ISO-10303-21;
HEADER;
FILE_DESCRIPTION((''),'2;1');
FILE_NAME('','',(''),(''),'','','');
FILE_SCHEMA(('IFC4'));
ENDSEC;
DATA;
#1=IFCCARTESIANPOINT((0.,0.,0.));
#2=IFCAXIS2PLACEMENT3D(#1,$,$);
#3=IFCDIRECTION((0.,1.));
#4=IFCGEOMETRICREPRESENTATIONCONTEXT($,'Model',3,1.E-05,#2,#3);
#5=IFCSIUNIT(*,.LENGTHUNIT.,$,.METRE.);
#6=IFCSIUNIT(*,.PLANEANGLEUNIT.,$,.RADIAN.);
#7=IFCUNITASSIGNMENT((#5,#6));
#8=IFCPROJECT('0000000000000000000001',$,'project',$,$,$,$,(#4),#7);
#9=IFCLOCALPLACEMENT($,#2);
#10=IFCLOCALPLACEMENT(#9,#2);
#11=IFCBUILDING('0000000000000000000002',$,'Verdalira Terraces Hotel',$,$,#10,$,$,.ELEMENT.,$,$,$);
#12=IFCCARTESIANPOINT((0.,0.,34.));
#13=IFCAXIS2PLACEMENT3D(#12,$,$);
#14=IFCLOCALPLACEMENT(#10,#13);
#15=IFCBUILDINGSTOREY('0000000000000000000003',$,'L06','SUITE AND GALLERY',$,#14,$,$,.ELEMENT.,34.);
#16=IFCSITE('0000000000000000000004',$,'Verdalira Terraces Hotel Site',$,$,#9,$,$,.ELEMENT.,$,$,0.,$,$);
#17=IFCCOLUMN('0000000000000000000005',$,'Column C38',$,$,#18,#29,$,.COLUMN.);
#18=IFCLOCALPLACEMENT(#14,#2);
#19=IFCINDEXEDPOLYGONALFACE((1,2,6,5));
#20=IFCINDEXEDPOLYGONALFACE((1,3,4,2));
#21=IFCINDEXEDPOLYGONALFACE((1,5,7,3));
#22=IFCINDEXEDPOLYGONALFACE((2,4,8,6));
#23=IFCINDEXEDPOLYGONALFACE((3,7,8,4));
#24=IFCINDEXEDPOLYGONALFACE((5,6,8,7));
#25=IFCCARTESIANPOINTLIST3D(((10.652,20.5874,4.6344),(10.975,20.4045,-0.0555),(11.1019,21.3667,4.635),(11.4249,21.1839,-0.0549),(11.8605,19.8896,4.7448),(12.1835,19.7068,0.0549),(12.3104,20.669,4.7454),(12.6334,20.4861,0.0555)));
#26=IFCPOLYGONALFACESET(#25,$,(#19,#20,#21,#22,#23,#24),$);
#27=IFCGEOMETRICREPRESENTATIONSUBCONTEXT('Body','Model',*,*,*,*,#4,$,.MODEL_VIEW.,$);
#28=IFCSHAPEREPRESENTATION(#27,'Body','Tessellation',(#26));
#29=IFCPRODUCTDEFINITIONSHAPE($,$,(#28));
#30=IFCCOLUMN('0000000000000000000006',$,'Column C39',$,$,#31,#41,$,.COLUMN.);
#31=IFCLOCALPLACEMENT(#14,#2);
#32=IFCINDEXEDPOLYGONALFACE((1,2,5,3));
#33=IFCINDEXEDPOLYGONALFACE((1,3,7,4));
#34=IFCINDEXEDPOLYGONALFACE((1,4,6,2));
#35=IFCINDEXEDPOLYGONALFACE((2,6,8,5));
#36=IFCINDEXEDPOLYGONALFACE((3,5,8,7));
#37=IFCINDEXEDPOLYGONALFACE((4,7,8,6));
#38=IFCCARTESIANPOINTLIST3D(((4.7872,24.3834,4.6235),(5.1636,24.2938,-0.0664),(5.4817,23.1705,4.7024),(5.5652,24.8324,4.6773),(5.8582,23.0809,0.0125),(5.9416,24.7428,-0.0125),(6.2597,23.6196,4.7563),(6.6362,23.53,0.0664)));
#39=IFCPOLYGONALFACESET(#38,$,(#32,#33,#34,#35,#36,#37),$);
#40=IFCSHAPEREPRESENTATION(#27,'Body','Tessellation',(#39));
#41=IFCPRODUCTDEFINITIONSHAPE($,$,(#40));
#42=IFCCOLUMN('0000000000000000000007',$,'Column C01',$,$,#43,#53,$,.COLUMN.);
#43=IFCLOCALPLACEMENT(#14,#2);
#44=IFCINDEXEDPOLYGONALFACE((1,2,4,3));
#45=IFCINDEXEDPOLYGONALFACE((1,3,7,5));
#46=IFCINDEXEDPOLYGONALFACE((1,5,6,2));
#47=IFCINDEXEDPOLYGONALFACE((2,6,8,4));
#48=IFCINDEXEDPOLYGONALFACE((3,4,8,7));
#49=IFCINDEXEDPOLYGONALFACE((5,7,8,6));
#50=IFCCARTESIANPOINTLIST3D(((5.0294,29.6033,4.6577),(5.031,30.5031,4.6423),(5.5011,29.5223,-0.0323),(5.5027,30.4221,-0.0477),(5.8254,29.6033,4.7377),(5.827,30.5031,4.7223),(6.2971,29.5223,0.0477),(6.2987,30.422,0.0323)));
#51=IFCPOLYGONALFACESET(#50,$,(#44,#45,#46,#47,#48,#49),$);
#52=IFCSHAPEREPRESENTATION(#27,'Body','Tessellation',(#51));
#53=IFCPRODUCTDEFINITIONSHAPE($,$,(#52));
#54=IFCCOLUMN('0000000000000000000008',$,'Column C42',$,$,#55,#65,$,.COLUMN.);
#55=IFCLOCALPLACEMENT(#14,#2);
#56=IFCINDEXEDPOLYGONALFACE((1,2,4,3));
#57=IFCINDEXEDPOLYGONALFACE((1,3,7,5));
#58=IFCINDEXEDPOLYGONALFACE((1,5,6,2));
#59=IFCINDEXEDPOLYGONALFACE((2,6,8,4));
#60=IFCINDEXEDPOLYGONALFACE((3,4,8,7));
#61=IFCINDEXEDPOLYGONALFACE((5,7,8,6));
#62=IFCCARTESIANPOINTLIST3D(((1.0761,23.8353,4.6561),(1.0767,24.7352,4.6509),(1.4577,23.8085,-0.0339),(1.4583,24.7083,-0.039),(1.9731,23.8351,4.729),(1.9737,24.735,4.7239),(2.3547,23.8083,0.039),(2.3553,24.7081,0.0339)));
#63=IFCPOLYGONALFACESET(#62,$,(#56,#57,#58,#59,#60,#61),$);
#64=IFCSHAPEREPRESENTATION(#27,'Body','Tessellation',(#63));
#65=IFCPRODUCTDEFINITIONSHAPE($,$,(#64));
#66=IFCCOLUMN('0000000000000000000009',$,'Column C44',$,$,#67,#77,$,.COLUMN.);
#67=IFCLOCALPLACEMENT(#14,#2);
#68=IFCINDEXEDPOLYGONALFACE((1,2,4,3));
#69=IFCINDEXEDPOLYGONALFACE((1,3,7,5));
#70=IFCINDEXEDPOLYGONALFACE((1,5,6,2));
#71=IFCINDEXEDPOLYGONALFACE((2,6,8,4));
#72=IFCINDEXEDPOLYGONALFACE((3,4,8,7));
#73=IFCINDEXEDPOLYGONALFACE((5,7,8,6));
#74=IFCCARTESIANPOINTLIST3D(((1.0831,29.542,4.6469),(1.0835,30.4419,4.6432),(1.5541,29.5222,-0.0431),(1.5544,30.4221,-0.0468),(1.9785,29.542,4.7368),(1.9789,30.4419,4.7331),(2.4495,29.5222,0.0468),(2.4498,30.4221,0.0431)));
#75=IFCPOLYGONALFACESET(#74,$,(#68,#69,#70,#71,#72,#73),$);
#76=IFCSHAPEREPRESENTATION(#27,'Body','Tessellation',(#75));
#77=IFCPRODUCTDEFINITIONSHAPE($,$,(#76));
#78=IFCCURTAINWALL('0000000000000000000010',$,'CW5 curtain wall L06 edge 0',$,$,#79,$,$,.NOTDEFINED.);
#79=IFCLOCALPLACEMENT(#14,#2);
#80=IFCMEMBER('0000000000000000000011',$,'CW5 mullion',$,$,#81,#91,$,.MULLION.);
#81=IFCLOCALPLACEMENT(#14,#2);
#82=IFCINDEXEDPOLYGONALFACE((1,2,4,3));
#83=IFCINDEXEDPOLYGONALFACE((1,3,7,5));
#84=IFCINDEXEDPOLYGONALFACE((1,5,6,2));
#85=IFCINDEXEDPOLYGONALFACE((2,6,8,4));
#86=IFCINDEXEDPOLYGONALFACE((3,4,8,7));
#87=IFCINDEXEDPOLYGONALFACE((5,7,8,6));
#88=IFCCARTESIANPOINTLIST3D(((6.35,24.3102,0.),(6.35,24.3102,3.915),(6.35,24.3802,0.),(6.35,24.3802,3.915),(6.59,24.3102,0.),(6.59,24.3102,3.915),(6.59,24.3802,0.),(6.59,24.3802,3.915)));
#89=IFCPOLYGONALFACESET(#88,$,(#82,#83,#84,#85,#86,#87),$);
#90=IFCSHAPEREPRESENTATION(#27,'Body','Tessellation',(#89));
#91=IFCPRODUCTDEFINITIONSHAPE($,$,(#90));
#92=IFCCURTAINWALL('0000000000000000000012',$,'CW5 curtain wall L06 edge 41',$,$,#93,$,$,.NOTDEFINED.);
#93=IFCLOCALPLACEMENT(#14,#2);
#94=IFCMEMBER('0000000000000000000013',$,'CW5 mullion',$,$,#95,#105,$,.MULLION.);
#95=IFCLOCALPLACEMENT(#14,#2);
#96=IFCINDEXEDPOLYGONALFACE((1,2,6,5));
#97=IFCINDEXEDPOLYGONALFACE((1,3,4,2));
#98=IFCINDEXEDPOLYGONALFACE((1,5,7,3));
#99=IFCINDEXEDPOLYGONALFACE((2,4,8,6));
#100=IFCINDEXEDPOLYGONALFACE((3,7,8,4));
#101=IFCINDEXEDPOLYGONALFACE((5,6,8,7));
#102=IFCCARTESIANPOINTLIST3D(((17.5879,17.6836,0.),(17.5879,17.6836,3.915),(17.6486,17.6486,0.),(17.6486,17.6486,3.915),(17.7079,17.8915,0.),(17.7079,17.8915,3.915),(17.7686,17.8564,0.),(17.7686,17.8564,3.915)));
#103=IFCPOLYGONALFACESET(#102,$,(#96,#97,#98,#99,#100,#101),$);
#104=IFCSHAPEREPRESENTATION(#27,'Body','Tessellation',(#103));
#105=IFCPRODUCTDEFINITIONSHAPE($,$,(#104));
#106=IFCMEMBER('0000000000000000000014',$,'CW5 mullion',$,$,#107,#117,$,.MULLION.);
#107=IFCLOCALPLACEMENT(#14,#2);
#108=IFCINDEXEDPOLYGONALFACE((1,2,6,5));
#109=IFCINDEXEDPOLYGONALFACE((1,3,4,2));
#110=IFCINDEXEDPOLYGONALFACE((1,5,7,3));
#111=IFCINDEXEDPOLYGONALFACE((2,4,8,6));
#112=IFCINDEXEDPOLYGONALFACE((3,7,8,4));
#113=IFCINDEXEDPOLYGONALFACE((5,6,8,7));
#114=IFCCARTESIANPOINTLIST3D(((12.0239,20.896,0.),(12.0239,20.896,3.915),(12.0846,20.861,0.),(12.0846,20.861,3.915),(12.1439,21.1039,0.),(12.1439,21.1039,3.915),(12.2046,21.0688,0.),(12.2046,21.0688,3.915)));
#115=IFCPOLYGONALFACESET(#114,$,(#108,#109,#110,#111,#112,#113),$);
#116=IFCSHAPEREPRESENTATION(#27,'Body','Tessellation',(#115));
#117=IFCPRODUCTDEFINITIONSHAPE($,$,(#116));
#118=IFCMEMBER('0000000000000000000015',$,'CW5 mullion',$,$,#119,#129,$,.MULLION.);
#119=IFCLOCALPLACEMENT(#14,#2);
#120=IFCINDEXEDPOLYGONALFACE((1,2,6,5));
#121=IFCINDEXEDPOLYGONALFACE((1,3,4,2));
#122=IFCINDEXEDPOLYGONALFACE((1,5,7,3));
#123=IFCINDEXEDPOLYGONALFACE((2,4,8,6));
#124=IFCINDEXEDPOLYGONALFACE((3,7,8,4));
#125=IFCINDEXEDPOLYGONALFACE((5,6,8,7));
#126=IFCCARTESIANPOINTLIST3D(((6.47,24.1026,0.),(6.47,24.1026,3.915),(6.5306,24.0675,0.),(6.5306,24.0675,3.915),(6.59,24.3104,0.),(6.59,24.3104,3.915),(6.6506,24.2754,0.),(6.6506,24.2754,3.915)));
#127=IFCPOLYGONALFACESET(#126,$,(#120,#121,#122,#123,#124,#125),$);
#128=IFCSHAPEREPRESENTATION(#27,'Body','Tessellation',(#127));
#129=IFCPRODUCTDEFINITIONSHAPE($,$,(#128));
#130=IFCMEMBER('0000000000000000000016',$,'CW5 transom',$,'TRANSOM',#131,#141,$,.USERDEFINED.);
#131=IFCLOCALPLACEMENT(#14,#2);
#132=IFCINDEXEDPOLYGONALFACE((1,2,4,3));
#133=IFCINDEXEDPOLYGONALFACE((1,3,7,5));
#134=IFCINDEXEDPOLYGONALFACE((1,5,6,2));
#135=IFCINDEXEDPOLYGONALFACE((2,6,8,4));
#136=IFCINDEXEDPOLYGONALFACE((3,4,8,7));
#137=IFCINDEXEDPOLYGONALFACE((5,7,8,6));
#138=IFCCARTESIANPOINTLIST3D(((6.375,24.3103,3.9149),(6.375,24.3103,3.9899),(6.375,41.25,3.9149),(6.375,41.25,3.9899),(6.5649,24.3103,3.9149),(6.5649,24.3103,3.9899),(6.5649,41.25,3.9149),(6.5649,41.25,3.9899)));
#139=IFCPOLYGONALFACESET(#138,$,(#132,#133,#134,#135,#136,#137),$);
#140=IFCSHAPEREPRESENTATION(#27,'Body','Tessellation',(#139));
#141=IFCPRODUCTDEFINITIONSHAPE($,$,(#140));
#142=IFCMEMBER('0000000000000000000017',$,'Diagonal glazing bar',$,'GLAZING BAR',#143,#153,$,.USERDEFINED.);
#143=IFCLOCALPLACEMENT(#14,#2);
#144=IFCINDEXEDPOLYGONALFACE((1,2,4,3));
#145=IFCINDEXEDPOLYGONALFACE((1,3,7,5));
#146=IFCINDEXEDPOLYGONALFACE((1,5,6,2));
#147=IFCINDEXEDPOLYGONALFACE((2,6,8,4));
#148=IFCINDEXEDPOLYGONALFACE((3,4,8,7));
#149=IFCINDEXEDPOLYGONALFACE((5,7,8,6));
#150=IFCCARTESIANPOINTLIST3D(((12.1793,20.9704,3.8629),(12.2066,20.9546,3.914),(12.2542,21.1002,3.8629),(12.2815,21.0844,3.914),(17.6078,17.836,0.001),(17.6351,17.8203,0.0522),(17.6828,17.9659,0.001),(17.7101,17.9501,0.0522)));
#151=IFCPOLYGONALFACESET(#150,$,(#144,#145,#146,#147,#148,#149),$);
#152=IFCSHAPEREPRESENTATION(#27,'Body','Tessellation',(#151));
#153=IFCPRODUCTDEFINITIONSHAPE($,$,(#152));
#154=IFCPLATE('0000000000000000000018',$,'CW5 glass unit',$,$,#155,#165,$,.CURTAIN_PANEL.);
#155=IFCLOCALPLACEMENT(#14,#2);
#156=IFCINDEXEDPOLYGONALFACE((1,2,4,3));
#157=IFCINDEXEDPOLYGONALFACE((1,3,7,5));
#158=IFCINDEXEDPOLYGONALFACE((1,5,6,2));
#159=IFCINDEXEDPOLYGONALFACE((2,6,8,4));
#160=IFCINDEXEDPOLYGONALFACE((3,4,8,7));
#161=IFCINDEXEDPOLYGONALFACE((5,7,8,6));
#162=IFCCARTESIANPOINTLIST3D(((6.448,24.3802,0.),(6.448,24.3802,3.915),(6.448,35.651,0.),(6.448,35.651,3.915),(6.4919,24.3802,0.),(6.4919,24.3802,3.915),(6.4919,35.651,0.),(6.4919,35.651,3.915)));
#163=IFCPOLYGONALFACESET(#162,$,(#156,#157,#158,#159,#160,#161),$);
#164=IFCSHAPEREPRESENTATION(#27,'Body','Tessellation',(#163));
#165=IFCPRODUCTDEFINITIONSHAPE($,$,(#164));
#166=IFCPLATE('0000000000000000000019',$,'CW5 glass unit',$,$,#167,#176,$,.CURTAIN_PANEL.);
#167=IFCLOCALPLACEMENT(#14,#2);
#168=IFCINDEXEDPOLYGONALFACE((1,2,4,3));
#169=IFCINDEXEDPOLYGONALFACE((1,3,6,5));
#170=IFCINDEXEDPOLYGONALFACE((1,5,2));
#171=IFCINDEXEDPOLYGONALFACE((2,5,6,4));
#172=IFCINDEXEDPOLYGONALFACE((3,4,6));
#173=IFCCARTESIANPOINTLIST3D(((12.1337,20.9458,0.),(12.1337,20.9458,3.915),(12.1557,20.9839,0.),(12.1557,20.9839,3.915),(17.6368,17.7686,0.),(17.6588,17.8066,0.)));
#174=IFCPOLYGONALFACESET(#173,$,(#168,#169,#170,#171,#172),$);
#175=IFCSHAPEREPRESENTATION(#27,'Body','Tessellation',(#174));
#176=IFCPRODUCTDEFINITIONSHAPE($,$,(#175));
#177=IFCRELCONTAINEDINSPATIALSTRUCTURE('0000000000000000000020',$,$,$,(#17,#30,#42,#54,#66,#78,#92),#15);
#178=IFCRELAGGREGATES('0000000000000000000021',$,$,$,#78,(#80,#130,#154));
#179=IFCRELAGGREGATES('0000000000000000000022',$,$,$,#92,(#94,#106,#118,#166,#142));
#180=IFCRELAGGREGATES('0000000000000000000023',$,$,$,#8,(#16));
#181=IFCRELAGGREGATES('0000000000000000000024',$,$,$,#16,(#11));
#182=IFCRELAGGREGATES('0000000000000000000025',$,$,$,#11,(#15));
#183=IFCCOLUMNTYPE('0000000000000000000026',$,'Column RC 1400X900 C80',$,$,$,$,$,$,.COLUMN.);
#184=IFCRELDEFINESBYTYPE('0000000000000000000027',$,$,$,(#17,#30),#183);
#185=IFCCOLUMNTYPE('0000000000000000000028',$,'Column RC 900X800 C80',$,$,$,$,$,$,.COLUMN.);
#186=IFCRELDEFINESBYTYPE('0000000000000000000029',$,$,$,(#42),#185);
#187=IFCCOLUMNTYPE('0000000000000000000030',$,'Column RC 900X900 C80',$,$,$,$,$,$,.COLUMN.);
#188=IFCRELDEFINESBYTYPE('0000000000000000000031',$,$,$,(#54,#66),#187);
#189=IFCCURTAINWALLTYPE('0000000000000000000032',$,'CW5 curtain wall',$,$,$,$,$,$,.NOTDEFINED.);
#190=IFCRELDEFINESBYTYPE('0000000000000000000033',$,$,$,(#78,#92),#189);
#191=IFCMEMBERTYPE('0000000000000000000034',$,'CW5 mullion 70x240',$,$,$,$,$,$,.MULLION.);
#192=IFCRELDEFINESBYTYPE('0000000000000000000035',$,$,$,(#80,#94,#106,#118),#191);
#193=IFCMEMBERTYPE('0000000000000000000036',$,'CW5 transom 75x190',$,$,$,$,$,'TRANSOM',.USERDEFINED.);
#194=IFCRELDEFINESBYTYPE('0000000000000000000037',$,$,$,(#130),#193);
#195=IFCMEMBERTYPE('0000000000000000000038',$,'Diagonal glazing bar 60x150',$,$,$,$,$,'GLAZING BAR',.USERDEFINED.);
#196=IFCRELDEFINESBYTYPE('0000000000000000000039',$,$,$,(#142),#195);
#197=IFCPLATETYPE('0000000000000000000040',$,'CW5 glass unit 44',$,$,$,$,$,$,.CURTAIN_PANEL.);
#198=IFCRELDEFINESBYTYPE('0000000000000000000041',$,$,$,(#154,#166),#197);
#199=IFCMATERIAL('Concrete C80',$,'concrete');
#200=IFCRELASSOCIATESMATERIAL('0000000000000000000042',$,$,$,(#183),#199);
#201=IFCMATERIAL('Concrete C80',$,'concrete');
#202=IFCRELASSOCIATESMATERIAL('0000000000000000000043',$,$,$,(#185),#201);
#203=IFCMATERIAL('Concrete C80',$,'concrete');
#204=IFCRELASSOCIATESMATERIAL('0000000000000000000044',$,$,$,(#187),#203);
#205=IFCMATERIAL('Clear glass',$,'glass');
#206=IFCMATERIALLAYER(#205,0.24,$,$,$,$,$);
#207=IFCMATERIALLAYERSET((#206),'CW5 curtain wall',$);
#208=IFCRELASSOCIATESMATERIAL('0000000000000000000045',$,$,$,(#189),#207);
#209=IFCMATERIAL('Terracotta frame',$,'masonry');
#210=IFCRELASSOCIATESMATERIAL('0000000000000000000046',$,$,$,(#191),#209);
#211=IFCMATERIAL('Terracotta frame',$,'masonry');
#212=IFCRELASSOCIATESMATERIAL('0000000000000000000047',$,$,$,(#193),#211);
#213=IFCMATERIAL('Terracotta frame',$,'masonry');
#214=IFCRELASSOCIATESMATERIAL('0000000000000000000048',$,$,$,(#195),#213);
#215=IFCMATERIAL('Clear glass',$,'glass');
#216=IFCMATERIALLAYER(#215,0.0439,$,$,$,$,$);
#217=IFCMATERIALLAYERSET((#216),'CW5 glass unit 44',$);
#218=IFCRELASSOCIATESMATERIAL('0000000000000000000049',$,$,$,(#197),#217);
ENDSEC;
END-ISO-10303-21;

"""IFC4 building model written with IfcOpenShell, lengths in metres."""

from ifc_helpers import new_model, si_unit, direction, frame, origin, origin_2d, place, context, subcontext, project, spatial, polyline, rectangle, outline, extrude, material, layer, layer_set, material_profile, profile_set, type_object, element, aggregate, save


model = new_model("IFC4")

# Units and contexts
model_context = context("Model", 3, precision=1e-05, world=origin(), true_north=direction((0.0, 1.0)))
body_context = subcontext(model_context, "Body", "Model", "MODEL_VIEW")
ifc_project = project(units=[si_unit("LENGTHUNIT", "METRE"), si_unit("PLANEANGLEUNIT", "RADIAN")], contexts=[model_context])

# Site, building, storey
site_placement = place(None, origin())
site = spatial("IfcSite", under=ifc_project, at=site_placement, Name="Verdalira Terraces Hotel Site", CompositionType="ELEMENT", RefElevation=0.0)
building_placement = place(site_placement, origin())
building = spatial("IfcBuilding", under=site, at=building_placement, Name="Verdalira Terraces Hotel", CompositionType="ELEMENT")
storey_placement = place(building_placement, frame((0.0, 0.0, 34.0)))
storey = spatial("IfcBuildingStorey", under=building, at=storey_placement, Name="L06", Description="SUITE AND GALLERY", CompositionType="ELEMENT", Elevation=34.0)

# Columns
ifc_material_1 = material(Name="Concrete C80", Category="concrete")
ifc_material_profile_1 = material_profile(ifc_material_1, rectangle(XDim=1.3999, YDim=0.8999, at=origin_2d()), Name="RC 1400X900")
ifc_profile_set_1 = profile_set([ifc_material_profile_1], Name="Concrete C80")
column_type_1 = type_object("IfcColumnType", Name="Column RC 1400X900 C80", PredefinedType="COLUMN", material=ifc_profile_set_1)
column_1_placement = place(storey_placement, frame((11.8042, 20.4453, 0.0), z_axis=(-0.068656, 0.038869, 0.996883), x_axis=(-0.863336, 0.498424, -0.078892)))
element("IfcColumn", 1, at=column_1_placement, inside=storey, type_object=column_type_1, Name="Column C38", PredefinedType="COLUMN", context=body_context, shape_type="SweptSolid", body=[
    extrude(rectangle(XDim=1.3999, YDim=0.8999, at=origin_2d()), origin(), (0.0, 0.0, 1.0), 4.7046),
])
column_2_placement = place(storey_placement, frame((5.8999, 23.9119, 0.0), z_axis=(-0.079999, 0.01904, 0.996613), x_axis=(0.496164, -0.866396, 0.05638)))
element("IfcColumn", 2, at=column_2_placement, inside=storey, type_object=column_type_1, Name="Column C39", PredefinedType="COLUMN", context=body_context, shape_type="SweptSolid", body=[
    extrude(rectangle(XDim=1.3999, YDim=0.8999, at=origin_2d()), origin(), (0.0, 0.0, 1.0), 4.7058),
])
ifc_material_2 = material(Name="Concrete C80", Category="concrete")
ifc_material_profile_2 = material_profile(ifc_material_2, rectangle(XDim=0.8999, YDim=0.8, at=origin_2d()), Name="RC 900X800")
ifc_profile_set_2 = profile_set([ifc_material_profile_2], Name="Concrete C80")
column_type_2 = type_object("IfcColumnType", Name="Column RC 900X800 C80", PredefinedType="COLUMN", material=ifc_profile_set_2)
column_3_placement = place(storey_placement, frame((5.8999, 29.9722, 0.0), z_axis=(-0.100053, 0.017193, 0.994834), x_axis=(0.001743, 0.999852, -0.017105)))
element("IfcColumn", 3, at=column_3_placement, inside=storey, type_object=column_type_2, Name="Column C01", PredefinedType="COLUMN", context=body_context, shape_type="SweptSolid", body=[
    extrude(rectangle(XDim=0.8999, YDim=0.8, at=origin_2d()), origin(), (0.0, 0.0, 1.0), 4.7144),
])
ifc_material_3 = material(Name="Concrete C80", Category="concrete")
ifc_material_profile_3 = material_profile(ifc_material_3, rectangle(XDim=0.8999, YDim=0.8999, at=origin_2d()), Name="RC 900X900")
ifc_profile_set_3 = profile_set([ifc_material_profile_3], Name="Concrete C80")
column_type_3 = type_object("IfcColumnType", Name="Column RC 900X900 C80", PredefinedType="COLUMN", material=ifc_profile_set_3)
column_4_placement = place(storey_placement, frame((1.9065, 24.2583, 0.0), z_axis=(-0.081095, 0.005707, 0.99669), x_axis=(0.000674, 0.999984, -0.005671)))
element("IfcColumn", 4, at=column_4_placement, inside=storey, type_object=column_type_3, Name="Column C42", PredefinedType="COLUMN", context=body_context, shape_type="SweptSolid", body=[
    extrude(rectangle(XDim=0.8999, YDim=0.8999, at=origin_2d()), origin(), (0.0, 0.0, 1.0), 4.7056),
])
column_5_placement = place(storey_placement, frame((2.002, 29.9722, 0.0), z_axis=(-0.099913, 0.004195, 0.994987), x_axis=(0.00042, 0.999991, -0.004174)))
element("IfcColumn", 5, at=column_5_placement, inside=storey, type_object=column_type_3, Name="Column C44", PredefinedType="COLUMN", context=body_context, shape_type="SweptSolid", body=[
    extrude(rectangle(XDim=0.8999, YDim=0.8999, at=origin_2d()), origin(), (0.0, 0.0, 1.0), 4.7136),
])

# Curtain wall, member
ifc_material_4 = material(Name="Clear glass", Category="glass")
ifc_layer_1 = layer(ifc_material_4, 0.24)
ifc_layer_set_1 = layer_set([ifc_layer_1], Name="CW5 curtain wall")
curtain_wall_type = type_object("IfcCurtainWallType", Name="CW5 curtain wall", PredefinedType="NOTDEFINED", material=ifc_layer_set_1)
curtain_wall_1_placement = place(storey_placement, origin())
curtain_wall_1 = element("IfcCurtainWall", 6, at=curtain_wall_1_placement, inside=storey, type_object=curtain_wall_type, Name="CW5 curtain wall L06 edge 0", PredefinedType="NOTDEFINED")
ifc_material_5 = material(Name="Terracotta frame", Category="masonry")
ifc_material_profile_4 = material_profile(ifc_material_5, rectangle(XDim=0.0701, YDim=0.24, at=origin_2d()), Name="MU 70x240")
ifc_profile_set_4 = profile_set([ifc_material_profile_4], Name="Terracotta frame")
member_type_1 = type_object("IfcMemberType", Name="CW5 mullion 70x240", PredefinedType="MULLION", material=ifc_profile_set_4)
member_1_placement = place(storey_placement, frame((6.47, 24.3452, 0.0), z_axis=(0.0, 0.0, 1.0), x_axis=(0.0, 1.0, 0.0)))
member_1 = element("IfcMember", 7, at=member_1_placement, type_object=member_type_1, Name="CW5 mullion", PredefinedType="MULLION", context=body_context, shape_type="SweptSolid", body=[
    extrude(rectangle(XDim=0.0701, YDim=0.24, at=origin_2d()), origin(), (0.0, 0.0, 1.0), 3.915),
])

# Curtain wall, members
curtain_wall_2_placement = place(storey_placement, origin())
curtain_wall_2 = element("IfcCurtainWall", 8, at=curtain_wall_2_placement, inside=storey, type_object=curtain_wall_type, Name="CW5 curtain wall L06 edge 41", PredefinedType="NOTDEFINED")
member_2_placement = place(storey_placement, frame((17.6782, 17.77, 0.0), z_axis=(0.0, 0.0, 1.0), x_axis=(-0.866025, 0.5, 0.0)))
member_2 = element("IfcMember", 9, at=member_2_placement, type_object=member_type_1, Name="CW5 mullion", PredefinedType="MULLION", context=body_context, shape_type="SweptSolid", body=[
    extrude(rectangle(XDim=0.0701, YDim=0.24, at=origin_2d()), origin(), (0.0, 0.0, 1.0), 3.915),
])
member_3_placement = place(storey_placement, frame((12.1143, 20.9824, 0.0), z_axis=(0.0, 0.0, 1.0), x_axis=(-0.866025, 0.5, 0.0)))
member_3 = element("IfcMember", 10, at=member_3_placement, type_object=member_type_1, Name="CW5 mullion", PredefinedType="MULLION", context=body_context, shape_type="SweptSolid", body=[
    extrude(rectangle(XDim=0.0701, YDim=0.24, at=origin_2d()), origin(), (0.0, 0.0, 1.0), 3.915),
])
member_4_placement = place(storey_placement, frame((6.5603, 24.189, 0.0), z_axis=(0.0, 0.0, 1.0), x_axis=(-0.866025, 0.5, 0.0)))
member_4 = element("IfcMember", 11, at=member_4_placement, type_object=member_type_1, Name="CW5 mullion", PredefinedType="MULLION", context=body_context, shape_type="SweptSolid", body=[
    extrude(rectangle(XDim=0.0701, YDim=0.24, at=origin_2d()), origin(), (0.0, 0.0, 1.0), 3.915),
])

# Members
ifc_material_6 = material(Name="Terracotta frame", Category="masonry")
ifc_material_profile_5 = material_profile(ifc_material_6, rectangle(XDim=0.1899, YDim=0.075, at=origin_2d()), Name="TR 75x190")
ifc_profile_set_5 = profile_set([ifc_material_profile_5], Name="Terracotta frame")
member_type_2 = type_object("IfcMemberType", Name="CW5 transom 75x190", ElementType="TRANSOM", PredefinedType="USERDEFINED", material=ifc_profile_set_5)
member_5_placement = place(storey_placement, frame((6.47, 24.3103, 3.9524), z_axis=(0.0, 1.0, 0.0), x_axis=(-1.0, 0.0, 0.0)))
member_5 = element("IfcMember", 12, at=member_5_placement, type_object=member_type_2, Name="CW5 transom", ObjectType="TRANSOM", PredefinedType="USERDEFINED", context=body_context, shape_type="SweptSolid", body=[
    extrude(rectangle(XDim=0.1899, YDim=0.075, at=origin_2d()), origin(), (0.0, 0.0, 1.0), 16.9397),
])
ifc_material_7 = material(Name="Terracotta frame", Category="masonry")
ifc_material_profile_6 = material_profile(ifc_material_7, rectangle(XDim=0.1499, YDim=0.0601, at=origin_2d()), Name="GB 60x150")
ifc_profile_set_6 = profile_set([ifc_material_profile_6], Name="Terracotta frame")
member_type_3 = type_object("IfcMemberType", Name="Diagonal glazing bar 60x150", ElementType="GLAZING BAR", PredefinedType="USERDEFINED", material=ifc_profile_set_6)
member_6_placement = place(storey_placement, frame((17.6589, 17.8931, 0.0266), z_axis=(-0.737319, 0.425712, 0.524529), x_axis=(-0.500018, -0.866015, 0.0)))
member_6 = element("IfcMember", 13, at=member_6_placement, type_object=member_type_3, Name="Diagonal glazing bar", ObjectType="GLAZING BAR", PredefinedType="USERDEFINED", context=body_context, shape_type="SweptSolid", body=[
    extrude(rectangle(XDim=0.1499, YDim=0.0601, at=origin_2d()), origin(), (0.0, 0.0, 1.0), 7.3625),
])

# Plates
ifc_material_8 = material(Name="Clear glass", Category="glass")
ifc_layer_2 = layer(ifc_material_8, 0.0439)
ifc_layer_set_2 = layer_set([ifc_layer_2], Name="CW5 glass unit 44")
plate_type = type_object("IfcPlateType", Name="CW5 glass unit 44", PredefinedType="CURTAIN_PANEL", material=ifc_layer_set_2)
plate_1_placement = place(storey_placement, frame((6.47, 30.0156, 0.0), z_axis=(0.0, 0.0, 1.0), x_axis=(0.0, 1.0, 0.0)))
plate_1 = element("IfcPlate", 14, at=plate_1_placement, type_object=plate_type, Name="CW5 glass unit", PredefinedType="CURTAIN_PANEL", context=body_context, shape_type="SweptSolid", body=[
    extrude(rectangle(XDim=11.2708, YDim=0.0439, at=origin_2d()), origin(), (0.0, 0.0, 1.0), 3.915),
])
aggregate(curtain_wall_1, [member_1, member_5, plate_1])
plate_2_placement = place(storey_placement, frame((14.8853, 19.3572, 1.9575), z_axis=(0.5, 0.866025, 0.0), x_axis=(-0.866025, 0.5, 0.0)))
plate_2 = element("IfcPlate", 15, at=plate_2_placement, type_object=plate_type, Name="CW5 glass unit", PredefinedType="CURTAIN_PANEL", context=body_context, shape_type="SweptSolid", body=[
    extrude(outline(polyline([(-3.1772, -1.9575), (3.1772, -1.9575), (3.1772, 1.9575), (-3.1772, -1.9575)])), origin(), (0.0, 0.0, 1.0), 0.0439),
])
aggregate(curtain_wall_2, [member_2, member_3, member_4, plate_2, member_6])

save(model, "model.ifc")
